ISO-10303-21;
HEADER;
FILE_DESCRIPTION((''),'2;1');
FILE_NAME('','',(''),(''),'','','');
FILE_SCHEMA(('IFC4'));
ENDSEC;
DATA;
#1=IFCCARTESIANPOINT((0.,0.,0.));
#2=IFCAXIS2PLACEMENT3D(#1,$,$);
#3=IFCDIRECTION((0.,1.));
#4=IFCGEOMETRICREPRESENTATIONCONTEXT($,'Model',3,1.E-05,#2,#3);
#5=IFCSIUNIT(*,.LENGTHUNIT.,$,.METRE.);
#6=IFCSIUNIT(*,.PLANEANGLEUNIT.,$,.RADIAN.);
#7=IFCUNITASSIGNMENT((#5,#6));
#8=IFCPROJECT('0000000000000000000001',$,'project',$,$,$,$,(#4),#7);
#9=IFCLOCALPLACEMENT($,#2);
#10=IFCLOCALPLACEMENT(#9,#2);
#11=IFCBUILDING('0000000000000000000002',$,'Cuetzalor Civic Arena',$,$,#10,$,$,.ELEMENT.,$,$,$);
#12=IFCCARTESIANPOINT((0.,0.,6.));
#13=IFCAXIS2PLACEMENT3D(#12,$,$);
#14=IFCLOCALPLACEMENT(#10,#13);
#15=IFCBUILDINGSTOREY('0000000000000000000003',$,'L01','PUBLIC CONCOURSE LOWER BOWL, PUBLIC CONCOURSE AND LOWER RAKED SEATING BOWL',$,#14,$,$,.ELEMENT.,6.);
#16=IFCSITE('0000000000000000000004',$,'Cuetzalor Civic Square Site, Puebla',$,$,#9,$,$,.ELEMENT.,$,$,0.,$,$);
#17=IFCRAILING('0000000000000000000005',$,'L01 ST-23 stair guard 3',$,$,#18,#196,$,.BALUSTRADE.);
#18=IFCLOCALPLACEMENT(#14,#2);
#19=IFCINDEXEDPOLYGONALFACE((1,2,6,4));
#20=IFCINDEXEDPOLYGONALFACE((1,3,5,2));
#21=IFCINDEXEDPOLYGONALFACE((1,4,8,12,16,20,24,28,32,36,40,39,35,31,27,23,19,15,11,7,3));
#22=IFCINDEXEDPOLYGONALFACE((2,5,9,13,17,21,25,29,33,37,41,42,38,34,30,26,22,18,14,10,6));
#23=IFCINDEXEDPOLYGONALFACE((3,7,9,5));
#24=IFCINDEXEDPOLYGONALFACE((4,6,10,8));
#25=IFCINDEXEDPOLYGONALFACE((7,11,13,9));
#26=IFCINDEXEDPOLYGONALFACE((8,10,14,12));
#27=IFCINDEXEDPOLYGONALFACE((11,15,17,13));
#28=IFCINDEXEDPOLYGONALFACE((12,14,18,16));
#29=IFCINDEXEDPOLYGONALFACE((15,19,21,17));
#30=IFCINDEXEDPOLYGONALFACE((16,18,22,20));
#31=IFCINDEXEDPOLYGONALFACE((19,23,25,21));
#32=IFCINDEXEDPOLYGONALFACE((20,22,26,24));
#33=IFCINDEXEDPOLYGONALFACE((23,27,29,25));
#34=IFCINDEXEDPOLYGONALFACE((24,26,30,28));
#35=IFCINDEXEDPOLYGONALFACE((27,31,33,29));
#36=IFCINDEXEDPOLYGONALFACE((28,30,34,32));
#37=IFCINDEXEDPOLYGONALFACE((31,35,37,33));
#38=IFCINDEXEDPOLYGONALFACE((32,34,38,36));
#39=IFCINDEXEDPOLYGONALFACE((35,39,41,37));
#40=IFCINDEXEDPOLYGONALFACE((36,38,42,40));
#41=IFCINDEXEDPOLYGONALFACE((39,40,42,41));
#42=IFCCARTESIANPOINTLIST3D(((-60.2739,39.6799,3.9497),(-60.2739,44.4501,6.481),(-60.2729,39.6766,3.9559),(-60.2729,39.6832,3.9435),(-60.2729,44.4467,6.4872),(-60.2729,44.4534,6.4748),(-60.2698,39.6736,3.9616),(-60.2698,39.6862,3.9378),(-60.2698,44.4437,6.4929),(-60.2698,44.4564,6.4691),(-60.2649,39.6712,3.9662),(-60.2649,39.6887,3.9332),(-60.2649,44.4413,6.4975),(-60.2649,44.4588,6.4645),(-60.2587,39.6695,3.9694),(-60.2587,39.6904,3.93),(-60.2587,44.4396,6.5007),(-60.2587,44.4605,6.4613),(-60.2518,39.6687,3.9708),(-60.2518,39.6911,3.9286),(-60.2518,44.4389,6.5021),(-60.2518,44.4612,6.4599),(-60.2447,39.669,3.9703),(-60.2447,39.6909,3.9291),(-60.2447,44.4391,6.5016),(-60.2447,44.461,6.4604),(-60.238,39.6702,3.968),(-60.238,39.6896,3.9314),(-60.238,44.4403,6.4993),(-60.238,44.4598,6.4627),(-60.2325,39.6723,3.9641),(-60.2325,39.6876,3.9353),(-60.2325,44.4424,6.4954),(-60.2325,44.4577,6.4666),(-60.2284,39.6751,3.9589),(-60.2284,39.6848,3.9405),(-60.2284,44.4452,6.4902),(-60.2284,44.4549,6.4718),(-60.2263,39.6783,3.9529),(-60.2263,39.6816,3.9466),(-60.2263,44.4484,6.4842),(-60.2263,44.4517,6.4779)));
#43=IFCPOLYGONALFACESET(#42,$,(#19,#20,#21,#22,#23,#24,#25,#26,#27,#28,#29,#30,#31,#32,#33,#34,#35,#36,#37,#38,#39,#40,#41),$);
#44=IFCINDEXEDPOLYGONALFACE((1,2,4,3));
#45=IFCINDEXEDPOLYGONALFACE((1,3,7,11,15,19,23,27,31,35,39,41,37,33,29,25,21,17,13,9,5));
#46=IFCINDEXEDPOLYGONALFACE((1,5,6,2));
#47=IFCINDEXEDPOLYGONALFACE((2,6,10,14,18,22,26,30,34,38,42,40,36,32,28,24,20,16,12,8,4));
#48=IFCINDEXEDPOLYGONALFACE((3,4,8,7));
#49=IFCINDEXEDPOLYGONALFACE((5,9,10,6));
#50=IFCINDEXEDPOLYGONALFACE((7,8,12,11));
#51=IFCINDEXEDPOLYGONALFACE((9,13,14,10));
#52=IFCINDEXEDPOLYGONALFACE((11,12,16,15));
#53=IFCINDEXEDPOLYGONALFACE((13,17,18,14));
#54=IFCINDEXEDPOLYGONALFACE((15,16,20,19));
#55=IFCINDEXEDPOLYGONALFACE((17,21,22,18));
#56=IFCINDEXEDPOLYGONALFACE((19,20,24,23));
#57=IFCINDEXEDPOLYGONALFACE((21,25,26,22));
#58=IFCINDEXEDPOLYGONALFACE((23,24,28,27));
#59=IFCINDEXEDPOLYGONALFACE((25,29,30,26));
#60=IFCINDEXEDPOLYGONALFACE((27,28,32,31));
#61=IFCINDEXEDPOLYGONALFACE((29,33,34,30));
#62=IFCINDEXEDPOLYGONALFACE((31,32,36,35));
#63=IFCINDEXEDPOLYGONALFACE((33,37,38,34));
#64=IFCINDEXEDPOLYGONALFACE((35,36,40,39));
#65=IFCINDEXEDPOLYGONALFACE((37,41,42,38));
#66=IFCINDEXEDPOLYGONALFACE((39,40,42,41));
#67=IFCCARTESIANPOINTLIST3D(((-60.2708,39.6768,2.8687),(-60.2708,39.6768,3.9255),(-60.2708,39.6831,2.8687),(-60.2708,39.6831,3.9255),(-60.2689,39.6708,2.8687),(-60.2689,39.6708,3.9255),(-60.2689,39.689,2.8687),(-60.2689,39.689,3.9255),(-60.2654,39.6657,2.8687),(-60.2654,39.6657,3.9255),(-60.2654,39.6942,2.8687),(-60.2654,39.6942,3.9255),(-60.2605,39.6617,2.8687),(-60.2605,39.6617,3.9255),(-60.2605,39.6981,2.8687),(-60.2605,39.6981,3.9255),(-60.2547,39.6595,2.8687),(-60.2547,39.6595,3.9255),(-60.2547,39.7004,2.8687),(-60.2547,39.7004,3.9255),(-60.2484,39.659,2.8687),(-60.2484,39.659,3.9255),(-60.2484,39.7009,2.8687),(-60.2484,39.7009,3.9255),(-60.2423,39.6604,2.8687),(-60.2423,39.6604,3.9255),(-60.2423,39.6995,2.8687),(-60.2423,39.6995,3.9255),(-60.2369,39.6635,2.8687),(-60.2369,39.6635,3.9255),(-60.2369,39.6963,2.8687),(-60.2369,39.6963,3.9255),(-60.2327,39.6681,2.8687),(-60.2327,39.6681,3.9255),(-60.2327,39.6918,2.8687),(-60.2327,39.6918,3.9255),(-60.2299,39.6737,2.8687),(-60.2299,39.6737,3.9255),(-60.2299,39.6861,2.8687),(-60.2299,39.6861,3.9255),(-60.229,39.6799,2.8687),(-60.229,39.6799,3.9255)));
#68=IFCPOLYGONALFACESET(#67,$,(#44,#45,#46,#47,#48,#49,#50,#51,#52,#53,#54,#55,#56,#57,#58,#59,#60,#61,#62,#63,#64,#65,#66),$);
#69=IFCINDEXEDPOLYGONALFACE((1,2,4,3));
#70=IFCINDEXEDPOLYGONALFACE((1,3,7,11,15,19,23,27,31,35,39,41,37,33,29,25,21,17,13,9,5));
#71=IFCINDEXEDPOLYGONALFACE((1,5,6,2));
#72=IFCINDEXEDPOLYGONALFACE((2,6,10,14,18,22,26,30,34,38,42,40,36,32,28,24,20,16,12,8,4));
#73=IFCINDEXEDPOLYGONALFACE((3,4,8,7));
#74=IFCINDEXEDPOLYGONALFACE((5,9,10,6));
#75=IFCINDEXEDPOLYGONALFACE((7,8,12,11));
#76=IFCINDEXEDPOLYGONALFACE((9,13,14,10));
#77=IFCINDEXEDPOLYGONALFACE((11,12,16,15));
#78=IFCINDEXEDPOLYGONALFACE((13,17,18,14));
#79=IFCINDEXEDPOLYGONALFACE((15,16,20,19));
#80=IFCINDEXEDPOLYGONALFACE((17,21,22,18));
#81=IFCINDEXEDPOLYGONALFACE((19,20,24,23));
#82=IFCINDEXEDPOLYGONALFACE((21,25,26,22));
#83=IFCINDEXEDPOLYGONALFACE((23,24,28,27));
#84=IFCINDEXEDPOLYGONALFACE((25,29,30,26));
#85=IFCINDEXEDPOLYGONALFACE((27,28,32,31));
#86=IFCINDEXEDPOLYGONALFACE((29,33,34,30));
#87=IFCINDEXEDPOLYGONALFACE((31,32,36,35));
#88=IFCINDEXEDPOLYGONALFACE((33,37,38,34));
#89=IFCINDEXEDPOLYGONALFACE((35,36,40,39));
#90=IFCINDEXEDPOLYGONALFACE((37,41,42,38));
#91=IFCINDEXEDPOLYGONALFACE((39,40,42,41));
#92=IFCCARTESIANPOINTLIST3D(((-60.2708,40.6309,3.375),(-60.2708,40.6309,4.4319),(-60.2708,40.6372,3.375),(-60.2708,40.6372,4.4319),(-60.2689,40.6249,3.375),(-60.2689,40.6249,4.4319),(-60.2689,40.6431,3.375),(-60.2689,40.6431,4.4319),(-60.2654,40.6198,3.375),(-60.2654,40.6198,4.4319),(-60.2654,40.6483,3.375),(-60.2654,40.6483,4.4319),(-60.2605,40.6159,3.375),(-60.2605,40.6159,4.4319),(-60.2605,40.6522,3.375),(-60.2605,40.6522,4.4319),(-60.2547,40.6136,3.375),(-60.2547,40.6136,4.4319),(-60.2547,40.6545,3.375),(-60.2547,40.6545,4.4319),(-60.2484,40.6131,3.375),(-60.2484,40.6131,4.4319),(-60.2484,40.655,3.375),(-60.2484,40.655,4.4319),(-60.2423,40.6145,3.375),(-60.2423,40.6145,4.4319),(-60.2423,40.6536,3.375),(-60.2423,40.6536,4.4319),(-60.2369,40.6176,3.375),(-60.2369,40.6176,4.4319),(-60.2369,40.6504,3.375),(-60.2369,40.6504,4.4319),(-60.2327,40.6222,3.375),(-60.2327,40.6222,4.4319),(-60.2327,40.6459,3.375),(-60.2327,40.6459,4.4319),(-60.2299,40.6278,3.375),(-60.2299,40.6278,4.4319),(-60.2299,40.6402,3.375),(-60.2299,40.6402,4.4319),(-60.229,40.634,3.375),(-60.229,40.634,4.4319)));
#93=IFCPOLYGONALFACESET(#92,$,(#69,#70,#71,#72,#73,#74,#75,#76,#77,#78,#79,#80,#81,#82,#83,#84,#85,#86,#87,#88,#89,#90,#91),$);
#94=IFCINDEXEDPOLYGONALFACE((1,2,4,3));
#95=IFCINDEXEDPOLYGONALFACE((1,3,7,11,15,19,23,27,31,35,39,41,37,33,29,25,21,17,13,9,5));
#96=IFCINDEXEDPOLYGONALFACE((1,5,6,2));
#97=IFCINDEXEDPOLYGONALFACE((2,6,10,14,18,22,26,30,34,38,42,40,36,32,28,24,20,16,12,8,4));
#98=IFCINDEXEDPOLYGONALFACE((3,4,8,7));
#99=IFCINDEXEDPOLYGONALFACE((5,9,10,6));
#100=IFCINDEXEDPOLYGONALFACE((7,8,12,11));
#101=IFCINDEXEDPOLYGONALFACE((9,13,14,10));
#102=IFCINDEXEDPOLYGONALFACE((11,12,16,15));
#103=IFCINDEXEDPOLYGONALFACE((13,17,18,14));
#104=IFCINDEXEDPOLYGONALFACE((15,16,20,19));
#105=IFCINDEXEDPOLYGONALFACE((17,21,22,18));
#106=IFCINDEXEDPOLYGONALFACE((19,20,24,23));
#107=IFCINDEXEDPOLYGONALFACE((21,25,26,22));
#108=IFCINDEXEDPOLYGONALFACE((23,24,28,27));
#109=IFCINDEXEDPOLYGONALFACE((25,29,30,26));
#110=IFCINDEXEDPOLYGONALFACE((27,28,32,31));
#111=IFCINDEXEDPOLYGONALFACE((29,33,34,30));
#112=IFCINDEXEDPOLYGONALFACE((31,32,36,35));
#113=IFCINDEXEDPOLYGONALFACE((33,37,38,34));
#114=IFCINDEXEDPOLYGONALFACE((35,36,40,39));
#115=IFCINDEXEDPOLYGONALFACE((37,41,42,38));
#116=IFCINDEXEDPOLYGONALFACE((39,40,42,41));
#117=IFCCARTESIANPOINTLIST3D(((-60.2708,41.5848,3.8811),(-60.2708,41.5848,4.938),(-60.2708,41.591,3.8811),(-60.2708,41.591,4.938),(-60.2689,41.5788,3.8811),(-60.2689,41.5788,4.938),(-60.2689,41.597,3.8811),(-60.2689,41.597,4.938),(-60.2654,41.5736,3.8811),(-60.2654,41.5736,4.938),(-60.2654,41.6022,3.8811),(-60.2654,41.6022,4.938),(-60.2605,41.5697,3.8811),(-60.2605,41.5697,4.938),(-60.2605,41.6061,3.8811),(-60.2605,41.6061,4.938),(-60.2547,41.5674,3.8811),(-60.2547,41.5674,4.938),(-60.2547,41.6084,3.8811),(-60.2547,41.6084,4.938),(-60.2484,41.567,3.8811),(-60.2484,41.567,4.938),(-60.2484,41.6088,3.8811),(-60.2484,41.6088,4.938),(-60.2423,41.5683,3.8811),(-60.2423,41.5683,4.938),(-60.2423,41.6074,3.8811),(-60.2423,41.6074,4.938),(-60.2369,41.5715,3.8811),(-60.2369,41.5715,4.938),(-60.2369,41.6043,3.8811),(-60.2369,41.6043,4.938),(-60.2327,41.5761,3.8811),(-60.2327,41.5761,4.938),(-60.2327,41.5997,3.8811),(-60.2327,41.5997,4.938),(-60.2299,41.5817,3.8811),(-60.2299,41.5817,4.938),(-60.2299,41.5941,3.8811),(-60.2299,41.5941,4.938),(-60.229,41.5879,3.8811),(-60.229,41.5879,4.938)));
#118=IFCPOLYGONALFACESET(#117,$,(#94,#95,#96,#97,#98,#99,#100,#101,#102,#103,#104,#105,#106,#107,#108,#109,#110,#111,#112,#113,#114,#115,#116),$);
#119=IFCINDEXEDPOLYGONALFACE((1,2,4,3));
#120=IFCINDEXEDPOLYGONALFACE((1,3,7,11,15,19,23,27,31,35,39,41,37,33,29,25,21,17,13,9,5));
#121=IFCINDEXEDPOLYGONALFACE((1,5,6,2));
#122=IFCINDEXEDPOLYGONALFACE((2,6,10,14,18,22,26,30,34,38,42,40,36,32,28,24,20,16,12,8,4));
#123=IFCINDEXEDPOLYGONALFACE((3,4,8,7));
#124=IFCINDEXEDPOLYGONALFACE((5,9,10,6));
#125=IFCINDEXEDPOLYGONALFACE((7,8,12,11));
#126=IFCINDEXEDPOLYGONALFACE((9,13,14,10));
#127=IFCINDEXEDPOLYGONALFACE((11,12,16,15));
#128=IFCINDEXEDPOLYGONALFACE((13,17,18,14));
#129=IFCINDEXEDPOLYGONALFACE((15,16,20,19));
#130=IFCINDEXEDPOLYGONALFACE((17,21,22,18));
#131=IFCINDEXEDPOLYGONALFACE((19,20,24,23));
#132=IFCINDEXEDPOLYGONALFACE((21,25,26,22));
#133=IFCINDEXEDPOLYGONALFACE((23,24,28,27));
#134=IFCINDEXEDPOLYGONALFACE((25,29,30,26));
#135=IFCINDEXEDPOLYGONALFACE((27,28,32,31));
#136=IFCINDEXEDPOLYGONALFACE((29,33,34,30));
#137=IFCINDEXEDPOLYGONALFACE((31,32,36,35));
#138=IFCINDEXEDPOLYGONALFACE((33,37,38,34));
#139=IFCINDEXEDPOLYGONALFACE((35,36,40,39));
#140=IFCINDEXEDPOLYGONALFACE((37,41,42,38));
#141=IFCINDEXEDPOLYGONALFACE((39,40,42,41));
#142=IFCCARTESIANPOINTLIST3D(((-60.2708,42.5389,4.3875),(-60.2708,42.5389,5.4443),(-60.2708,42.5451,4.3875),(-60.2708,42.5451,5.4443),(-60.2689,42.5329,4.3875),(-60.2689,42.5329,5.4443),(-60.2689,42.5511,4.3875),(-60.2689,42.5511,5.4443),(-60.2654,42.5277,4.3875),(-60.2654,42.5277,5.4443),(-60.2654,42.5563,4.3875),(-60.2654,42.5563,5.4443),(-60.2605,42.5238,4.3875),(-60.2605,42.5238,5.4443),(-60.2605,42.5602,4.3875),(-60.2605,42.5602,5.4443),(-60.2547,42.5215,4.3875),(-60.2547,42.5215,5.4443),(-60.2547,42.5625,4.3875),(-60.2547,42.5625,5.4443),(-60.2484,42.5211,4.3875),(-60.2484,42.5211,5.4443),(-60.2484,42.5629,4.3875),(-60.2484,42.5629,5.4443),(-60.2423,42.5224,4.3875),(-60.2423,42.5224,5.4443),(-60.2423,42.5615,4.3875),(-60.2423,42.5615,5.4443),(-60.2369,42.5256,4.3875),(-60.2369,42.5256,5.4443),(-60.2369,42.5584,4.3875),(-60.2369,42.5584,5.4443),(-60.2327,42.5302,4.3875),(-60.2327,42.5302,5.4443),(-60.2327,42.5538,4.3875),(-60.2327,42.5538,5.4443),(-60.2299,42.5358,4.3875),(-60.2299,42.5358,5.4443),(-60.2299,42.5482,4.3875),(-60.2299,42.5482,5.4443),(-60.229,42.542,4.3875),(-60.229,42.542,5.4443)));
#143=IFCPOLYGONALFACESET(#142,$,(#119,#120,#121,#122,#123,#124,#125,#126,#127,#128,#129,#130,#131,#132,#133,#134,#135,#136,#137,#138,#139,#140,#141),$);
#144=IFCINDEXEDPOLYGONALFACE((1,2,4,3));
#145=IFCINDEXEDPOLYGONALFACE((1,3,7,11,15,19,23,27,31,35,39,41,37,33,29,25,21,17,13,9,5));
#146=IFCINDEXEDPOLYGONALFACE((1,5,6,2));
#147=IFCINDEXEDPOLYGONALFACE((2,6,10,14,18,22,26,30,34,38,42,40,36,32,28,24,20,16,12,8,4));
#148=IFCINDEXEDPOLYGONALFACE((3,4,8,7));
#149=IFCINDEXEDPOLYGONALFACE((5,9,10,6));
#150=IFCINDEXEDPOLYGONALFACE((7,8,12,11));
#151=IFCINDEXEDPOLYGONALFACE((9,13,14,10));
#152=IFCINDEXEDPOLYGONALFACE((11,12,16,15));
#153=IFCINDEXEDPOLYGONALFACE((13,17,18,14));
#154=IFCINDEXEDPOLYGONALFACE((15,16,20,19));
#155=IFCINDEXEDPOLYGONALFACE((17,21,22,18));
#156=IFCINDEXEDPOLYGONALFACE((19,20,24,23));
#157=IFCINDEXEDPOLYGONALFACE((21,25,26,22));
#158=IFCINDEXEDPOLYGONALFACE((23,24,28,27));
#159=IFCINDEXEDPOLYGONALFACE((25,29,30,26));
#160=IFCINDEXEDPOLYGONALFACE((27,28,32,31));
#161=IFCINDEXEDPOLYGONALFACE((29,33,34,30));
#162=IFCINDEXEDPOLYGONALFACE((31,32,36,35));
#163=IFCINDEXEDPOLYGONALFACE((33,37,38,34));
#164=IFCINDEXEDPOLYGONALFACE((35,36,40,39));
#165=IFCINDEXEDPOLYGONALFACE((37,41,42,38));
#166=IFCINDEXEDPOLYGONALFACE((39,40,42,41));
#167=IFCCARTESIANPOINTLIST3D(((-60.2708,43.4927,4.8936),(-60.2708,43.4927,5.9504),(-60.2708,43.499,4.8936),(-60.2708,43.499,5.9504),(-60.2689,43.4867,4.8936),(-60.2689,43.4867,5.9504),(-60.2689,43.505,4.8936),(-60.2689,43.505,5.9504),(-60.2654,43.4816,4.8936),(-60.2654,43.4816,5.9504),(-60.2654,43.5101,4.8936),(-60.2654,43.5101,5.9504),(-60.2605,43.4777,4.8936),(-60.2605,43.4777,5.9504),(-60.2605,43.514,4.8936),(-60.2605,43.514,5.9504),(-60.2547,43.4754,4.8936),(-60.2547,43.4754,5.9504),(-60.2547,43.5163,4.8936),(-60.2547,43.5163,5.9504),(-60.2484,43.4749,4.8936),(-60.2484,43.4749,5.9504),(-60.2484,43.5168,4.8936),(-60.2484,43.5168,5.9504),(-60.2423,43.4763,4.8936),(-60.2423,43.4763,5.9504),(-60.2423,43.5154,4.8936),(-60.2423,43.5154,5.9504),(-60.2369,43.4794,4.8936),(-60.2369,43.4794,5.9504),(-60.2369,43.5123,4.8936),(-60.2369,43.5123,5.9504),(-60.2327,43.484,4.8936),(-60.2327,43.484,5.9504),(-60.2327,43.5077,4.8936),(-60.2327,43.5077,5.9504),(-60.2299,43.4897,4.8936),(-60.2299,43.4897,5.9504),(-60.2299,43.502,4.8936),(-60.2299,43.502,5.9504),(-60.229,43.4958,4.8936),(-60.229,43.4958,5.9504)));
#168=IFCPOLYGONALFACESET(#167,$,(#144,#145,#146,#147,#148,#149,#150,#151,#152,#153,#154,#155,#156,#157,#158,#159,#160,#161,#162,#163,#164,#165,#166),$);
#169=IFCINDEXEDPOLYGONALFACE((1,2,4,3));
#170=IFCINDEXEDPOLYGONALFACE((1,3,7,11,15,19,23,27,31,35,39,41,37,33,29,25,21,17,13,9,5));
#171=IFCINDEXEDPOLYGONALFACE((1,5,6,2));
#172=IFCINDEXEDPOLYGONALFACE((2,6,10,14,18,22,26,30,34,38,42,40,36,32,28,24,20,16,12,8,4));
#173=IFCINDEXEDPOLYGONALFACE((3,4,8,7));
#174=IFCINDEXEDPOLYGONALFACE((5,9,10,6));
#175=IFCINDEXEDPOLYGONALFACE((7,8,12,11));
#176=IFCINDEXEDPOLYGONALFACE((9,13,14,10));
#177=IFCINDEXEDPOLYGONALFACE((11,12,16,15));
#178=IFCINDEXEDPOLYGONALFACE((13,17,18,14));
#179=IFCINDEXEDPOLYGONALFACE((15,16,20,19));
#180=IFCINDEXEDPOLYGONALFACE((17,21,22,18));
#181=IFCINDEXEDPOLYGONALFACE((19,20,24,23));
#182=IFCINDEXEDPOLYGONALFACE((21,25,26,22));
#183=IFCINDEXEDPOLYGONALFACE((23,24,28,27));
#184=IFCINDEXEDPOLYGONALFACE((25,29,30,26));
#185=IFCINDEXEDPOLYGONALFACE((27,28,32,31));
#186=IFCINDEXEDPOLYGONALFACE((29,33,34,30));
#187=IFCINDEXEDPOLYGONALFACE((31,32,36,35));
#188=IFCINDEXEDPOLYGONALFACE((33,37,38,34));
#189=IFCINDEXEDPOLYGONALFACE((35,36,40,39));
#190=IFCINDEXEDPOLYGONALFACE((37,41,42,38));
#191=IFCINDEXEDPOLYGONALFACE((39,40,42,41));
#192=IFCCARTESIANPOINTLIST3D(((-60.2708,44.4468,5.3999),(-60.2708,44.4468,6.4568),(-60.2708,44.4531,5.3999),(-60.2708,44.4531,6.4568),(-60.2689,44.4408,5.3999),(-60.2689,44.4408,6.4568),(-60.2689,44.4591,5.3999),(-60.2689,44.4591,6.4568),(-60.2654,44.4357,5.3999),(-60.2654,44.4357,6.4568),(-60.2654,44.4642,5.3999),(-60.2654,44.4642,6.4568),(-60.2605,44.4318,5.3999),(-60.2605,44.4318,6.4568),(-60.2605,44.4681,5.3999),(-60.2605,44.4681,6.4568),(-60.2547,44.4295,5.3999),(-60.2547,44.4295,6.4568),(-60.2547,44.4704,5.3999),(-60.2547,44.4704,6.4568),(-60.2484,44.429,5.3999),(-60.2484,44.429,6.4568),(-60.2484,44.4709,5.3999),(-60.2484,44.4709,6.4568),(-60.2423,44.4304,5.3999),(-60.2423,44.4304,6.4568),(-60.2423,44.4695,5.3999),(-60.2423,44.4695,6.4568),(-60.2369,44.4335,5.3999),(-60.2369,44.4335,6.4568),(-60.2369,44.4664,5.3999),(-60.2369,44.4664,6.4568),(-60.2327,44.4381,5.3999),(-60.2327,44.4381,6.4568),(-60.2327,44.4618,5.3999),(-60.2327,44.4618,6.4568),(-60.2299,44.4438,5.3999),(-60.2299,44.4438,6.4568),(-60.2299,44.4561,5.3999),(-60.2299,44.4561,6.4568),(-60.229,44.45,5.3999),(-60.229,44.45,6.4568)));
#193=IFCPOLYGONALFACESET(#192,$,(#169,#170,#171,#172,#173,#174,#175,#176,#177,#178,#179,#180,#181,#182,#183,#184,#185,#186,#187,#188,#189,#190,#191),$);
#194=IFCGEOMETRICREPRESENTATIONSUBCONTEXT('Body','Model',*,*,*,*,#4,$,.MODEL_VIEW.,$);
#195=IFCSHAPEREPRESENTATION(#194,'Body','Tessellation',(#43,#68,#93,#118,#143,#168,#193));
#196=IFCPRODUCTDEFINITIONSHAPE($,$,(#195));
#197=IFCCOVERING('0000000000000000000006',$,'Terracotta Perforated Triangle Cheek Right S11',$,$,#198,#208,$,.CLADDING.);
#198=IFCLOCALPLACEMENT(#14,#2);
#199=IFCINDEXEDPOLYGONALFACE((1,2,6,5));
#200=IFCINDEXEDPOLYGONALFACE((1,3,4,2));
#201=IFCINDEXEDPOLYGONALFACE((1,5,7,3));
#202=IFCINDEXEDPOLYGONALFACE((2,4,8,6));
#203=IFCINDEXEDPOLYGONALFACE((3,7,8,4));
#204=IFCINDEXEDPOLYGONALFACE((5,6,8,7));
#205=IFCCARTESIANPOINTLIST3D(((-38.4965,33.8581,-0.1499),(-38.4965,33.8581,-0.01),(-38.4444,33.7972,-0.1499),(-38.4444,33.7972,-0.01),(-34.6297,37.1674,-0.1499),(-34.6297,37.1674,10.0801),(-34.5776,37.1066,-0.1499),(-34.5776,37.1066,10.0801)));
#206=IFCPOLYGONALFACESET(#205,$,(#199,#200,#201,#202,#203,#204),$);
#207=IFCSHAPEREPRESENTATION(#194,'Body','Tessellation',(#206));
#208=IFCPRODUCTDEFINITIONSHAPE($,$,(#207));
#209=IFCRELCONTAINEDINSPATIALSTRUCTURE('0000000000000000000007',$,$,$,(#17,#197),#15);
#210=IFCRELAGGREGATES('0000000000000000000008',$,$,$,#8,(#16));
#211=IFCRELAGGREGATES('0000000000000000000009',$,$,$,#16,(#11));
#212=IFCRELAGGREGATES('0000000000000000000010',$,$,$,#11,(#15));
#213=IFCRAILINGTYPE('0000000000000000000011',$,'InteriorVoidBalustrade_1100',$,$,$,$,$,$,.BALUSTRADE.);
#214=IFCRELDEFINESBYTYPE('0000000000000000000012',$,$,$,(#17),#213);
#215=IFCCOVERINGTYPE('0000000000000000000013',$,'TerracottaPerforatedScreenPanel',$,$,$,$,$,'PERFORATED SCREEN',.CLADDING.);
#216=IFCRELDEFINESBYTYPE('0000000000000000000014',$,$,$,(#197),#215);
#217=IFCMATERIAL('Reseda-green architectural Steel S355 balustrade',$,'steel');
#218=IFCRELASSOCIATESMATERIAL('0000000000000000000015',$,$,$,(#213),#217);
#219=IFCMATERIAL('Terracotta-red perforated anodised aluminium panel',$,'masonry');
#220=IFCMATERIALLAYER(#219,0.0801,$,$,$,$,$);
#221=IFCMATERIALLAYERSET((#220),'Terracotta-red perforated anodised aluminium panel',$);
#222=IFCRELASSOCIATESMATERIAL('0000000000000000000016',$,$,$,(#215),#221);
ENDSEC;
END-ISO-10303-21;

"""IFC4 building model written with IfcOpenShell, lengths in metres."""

from ifc_helpers import new_model, si_unit, direction, frame, origin, origin_2d, place, context, subcontext, project, spatial, polyline, circle, outline, extrude, material, layer, layer_set, type_object, element, save


model = new_model("IFC4")

# Units and contexts
model_context = context("Model", 3, precision=1e-05, world=origin(), true_north=direction((0.0, 1.0)))
body_context = subcontext(model_context, "Body", "Model", "MODEL_VIEW")
ifc_project = project(units=[si_unit("LENGTHUNIT", "METRE"), si_unit("PLANEANGLEUNIT", "RADIAN")], contexts=[model_context])

# Site, building, storey
site_placement = place(None, origin())
site = spatial("IfcSite", under=ifc_project, at=site_placement, Name="Cuetzalor Civic Square Site, Puebla", CompositionType="ELEMENT", RefElevation=0.0)
building_placement = place(site_placement, origin())
building = spatial("IfcBuilding", under=site, at=building_placement, Name="Cuetzalor Civic Arena", CompositionType="ELEMENT")
storey_placement = place(building_placement, frame((0.0, 0.0, 6.0)))
storey = spatial("IfcBuildingStorey", under=building, at=storey_placement, Name="L01", Description="PUBLIC CONCOURSE LOWER BOWL, PUBLIC CONCOURSE AND LOWER RAKED SEATING BOWL", CompositionType="ELEMENT", Elevation=6.0)

# Railing
ifc_material_1 = material(Name="Reseda-green architectural Steel S355 balustrade", Category="steel")
railing_type = type_object("IfcRailingType", Name="InteriorVoidBalustrade_1100", PredefinedType="BALUSTRADE", material=ifc_material_1)
railing_placement = place(storey_placement, frame((-60.25, 39.6799, 2.8687)))
element("IfcRailing", 1, at=railing_placement, inside=storey, type_object=railing_type, Name="L01 ST-23 stair guard 3", PredefinedType="BALUSTRADE", context=body_context, shape_type="SweptSolid", body=[
    extrude(circle(Radius=0.0239, at=origin_2d()), frame((0.0, 0.0, 1.0811), z_axis=(0.0, 0.883332, 0.468747), x_axis=(-1.0, 0.0, 0.0)), (0.0, 0.0, 1.0), 5.4001),
    extrude(circle(Radius=0.021, at=origin_2d()), origin(), (0.0, 0.0, 1.0), 1.0569),
    extrude(circle(Radius=0.021, at=origin_2d()), frame((0.0, 0.9541, 0.5063)), (0.0, 0.0, 1.0), 1.0569),
    extrude(circle(Radius=0.021, at=origin_2d()), frame((0.0, 1.908, 1.0125)), (0.0, 0.0, 1.0), 1.0569),
    extrude(circle(Radius=0.021, at=origin_2d()), frame((0.0, 2.8621, 1.5188)), (0.0, 0.0, 1.0), 1.0569),
    extrude(circle(Radius=0.021, at=origin_2d()), frame((0.0, 3.8159, 2.0249)), (0.0, 0.0, 1.0), 1.0569),
    extrude(circle(Radius=0.021, at=origin_2d()), frame((0.0, 4.77, 2.5312)), (0.0, 0.0, 1.0), 1.0569),
])

# Covering
ifc_material_2 = material(Name="Terracotta-red perforated anodised aluminium panel", Category="masonry")
ifc_layer_1 = layer(ifc_material_2, 0.0801)
ifc_layer_set_1 = layer_set([ifc_layer_1], Name="Terracotta-red perforated anodised aluminium panel")
covering_type = type_object("IfcCoveringType", Name="TerracottaPerforatedScreenPanel", ElementType="PERFORATED SCREEN", PredefinedType="CLADDING", material=ifc_layer_set_1)
covering_placement = place(storey_placement, frame((-38.4705, 33.8276, -0.1499), z_axis=(0.0, 0.0, 1.0), x_axis=(0.759741, 0.650226, 0.0)))
element("IfcCovering", 2, at=covering_placement, inside=storey, type_object=covering_type, Name="Terracotta Perforated Triangle Cheek Right S11", PredefinedType="CLADDING", context=body_context, shape_type="SweptSolid", body=[
    extrude(outline(polyline([(0.0, 0.0), (5.0896, 0.0), (5.0896, 10.23), (0.0, 0.1399), (0.0, 0.0)])), frame((0.0, 0.04, 0.0), z_axis=(0.0, -1.0, 0.0), x_axis=(1.0, 0.0, 0.0)), (0.0, 0.0, 1.0), 0.0801),
])

save(model, "model.ifc")
